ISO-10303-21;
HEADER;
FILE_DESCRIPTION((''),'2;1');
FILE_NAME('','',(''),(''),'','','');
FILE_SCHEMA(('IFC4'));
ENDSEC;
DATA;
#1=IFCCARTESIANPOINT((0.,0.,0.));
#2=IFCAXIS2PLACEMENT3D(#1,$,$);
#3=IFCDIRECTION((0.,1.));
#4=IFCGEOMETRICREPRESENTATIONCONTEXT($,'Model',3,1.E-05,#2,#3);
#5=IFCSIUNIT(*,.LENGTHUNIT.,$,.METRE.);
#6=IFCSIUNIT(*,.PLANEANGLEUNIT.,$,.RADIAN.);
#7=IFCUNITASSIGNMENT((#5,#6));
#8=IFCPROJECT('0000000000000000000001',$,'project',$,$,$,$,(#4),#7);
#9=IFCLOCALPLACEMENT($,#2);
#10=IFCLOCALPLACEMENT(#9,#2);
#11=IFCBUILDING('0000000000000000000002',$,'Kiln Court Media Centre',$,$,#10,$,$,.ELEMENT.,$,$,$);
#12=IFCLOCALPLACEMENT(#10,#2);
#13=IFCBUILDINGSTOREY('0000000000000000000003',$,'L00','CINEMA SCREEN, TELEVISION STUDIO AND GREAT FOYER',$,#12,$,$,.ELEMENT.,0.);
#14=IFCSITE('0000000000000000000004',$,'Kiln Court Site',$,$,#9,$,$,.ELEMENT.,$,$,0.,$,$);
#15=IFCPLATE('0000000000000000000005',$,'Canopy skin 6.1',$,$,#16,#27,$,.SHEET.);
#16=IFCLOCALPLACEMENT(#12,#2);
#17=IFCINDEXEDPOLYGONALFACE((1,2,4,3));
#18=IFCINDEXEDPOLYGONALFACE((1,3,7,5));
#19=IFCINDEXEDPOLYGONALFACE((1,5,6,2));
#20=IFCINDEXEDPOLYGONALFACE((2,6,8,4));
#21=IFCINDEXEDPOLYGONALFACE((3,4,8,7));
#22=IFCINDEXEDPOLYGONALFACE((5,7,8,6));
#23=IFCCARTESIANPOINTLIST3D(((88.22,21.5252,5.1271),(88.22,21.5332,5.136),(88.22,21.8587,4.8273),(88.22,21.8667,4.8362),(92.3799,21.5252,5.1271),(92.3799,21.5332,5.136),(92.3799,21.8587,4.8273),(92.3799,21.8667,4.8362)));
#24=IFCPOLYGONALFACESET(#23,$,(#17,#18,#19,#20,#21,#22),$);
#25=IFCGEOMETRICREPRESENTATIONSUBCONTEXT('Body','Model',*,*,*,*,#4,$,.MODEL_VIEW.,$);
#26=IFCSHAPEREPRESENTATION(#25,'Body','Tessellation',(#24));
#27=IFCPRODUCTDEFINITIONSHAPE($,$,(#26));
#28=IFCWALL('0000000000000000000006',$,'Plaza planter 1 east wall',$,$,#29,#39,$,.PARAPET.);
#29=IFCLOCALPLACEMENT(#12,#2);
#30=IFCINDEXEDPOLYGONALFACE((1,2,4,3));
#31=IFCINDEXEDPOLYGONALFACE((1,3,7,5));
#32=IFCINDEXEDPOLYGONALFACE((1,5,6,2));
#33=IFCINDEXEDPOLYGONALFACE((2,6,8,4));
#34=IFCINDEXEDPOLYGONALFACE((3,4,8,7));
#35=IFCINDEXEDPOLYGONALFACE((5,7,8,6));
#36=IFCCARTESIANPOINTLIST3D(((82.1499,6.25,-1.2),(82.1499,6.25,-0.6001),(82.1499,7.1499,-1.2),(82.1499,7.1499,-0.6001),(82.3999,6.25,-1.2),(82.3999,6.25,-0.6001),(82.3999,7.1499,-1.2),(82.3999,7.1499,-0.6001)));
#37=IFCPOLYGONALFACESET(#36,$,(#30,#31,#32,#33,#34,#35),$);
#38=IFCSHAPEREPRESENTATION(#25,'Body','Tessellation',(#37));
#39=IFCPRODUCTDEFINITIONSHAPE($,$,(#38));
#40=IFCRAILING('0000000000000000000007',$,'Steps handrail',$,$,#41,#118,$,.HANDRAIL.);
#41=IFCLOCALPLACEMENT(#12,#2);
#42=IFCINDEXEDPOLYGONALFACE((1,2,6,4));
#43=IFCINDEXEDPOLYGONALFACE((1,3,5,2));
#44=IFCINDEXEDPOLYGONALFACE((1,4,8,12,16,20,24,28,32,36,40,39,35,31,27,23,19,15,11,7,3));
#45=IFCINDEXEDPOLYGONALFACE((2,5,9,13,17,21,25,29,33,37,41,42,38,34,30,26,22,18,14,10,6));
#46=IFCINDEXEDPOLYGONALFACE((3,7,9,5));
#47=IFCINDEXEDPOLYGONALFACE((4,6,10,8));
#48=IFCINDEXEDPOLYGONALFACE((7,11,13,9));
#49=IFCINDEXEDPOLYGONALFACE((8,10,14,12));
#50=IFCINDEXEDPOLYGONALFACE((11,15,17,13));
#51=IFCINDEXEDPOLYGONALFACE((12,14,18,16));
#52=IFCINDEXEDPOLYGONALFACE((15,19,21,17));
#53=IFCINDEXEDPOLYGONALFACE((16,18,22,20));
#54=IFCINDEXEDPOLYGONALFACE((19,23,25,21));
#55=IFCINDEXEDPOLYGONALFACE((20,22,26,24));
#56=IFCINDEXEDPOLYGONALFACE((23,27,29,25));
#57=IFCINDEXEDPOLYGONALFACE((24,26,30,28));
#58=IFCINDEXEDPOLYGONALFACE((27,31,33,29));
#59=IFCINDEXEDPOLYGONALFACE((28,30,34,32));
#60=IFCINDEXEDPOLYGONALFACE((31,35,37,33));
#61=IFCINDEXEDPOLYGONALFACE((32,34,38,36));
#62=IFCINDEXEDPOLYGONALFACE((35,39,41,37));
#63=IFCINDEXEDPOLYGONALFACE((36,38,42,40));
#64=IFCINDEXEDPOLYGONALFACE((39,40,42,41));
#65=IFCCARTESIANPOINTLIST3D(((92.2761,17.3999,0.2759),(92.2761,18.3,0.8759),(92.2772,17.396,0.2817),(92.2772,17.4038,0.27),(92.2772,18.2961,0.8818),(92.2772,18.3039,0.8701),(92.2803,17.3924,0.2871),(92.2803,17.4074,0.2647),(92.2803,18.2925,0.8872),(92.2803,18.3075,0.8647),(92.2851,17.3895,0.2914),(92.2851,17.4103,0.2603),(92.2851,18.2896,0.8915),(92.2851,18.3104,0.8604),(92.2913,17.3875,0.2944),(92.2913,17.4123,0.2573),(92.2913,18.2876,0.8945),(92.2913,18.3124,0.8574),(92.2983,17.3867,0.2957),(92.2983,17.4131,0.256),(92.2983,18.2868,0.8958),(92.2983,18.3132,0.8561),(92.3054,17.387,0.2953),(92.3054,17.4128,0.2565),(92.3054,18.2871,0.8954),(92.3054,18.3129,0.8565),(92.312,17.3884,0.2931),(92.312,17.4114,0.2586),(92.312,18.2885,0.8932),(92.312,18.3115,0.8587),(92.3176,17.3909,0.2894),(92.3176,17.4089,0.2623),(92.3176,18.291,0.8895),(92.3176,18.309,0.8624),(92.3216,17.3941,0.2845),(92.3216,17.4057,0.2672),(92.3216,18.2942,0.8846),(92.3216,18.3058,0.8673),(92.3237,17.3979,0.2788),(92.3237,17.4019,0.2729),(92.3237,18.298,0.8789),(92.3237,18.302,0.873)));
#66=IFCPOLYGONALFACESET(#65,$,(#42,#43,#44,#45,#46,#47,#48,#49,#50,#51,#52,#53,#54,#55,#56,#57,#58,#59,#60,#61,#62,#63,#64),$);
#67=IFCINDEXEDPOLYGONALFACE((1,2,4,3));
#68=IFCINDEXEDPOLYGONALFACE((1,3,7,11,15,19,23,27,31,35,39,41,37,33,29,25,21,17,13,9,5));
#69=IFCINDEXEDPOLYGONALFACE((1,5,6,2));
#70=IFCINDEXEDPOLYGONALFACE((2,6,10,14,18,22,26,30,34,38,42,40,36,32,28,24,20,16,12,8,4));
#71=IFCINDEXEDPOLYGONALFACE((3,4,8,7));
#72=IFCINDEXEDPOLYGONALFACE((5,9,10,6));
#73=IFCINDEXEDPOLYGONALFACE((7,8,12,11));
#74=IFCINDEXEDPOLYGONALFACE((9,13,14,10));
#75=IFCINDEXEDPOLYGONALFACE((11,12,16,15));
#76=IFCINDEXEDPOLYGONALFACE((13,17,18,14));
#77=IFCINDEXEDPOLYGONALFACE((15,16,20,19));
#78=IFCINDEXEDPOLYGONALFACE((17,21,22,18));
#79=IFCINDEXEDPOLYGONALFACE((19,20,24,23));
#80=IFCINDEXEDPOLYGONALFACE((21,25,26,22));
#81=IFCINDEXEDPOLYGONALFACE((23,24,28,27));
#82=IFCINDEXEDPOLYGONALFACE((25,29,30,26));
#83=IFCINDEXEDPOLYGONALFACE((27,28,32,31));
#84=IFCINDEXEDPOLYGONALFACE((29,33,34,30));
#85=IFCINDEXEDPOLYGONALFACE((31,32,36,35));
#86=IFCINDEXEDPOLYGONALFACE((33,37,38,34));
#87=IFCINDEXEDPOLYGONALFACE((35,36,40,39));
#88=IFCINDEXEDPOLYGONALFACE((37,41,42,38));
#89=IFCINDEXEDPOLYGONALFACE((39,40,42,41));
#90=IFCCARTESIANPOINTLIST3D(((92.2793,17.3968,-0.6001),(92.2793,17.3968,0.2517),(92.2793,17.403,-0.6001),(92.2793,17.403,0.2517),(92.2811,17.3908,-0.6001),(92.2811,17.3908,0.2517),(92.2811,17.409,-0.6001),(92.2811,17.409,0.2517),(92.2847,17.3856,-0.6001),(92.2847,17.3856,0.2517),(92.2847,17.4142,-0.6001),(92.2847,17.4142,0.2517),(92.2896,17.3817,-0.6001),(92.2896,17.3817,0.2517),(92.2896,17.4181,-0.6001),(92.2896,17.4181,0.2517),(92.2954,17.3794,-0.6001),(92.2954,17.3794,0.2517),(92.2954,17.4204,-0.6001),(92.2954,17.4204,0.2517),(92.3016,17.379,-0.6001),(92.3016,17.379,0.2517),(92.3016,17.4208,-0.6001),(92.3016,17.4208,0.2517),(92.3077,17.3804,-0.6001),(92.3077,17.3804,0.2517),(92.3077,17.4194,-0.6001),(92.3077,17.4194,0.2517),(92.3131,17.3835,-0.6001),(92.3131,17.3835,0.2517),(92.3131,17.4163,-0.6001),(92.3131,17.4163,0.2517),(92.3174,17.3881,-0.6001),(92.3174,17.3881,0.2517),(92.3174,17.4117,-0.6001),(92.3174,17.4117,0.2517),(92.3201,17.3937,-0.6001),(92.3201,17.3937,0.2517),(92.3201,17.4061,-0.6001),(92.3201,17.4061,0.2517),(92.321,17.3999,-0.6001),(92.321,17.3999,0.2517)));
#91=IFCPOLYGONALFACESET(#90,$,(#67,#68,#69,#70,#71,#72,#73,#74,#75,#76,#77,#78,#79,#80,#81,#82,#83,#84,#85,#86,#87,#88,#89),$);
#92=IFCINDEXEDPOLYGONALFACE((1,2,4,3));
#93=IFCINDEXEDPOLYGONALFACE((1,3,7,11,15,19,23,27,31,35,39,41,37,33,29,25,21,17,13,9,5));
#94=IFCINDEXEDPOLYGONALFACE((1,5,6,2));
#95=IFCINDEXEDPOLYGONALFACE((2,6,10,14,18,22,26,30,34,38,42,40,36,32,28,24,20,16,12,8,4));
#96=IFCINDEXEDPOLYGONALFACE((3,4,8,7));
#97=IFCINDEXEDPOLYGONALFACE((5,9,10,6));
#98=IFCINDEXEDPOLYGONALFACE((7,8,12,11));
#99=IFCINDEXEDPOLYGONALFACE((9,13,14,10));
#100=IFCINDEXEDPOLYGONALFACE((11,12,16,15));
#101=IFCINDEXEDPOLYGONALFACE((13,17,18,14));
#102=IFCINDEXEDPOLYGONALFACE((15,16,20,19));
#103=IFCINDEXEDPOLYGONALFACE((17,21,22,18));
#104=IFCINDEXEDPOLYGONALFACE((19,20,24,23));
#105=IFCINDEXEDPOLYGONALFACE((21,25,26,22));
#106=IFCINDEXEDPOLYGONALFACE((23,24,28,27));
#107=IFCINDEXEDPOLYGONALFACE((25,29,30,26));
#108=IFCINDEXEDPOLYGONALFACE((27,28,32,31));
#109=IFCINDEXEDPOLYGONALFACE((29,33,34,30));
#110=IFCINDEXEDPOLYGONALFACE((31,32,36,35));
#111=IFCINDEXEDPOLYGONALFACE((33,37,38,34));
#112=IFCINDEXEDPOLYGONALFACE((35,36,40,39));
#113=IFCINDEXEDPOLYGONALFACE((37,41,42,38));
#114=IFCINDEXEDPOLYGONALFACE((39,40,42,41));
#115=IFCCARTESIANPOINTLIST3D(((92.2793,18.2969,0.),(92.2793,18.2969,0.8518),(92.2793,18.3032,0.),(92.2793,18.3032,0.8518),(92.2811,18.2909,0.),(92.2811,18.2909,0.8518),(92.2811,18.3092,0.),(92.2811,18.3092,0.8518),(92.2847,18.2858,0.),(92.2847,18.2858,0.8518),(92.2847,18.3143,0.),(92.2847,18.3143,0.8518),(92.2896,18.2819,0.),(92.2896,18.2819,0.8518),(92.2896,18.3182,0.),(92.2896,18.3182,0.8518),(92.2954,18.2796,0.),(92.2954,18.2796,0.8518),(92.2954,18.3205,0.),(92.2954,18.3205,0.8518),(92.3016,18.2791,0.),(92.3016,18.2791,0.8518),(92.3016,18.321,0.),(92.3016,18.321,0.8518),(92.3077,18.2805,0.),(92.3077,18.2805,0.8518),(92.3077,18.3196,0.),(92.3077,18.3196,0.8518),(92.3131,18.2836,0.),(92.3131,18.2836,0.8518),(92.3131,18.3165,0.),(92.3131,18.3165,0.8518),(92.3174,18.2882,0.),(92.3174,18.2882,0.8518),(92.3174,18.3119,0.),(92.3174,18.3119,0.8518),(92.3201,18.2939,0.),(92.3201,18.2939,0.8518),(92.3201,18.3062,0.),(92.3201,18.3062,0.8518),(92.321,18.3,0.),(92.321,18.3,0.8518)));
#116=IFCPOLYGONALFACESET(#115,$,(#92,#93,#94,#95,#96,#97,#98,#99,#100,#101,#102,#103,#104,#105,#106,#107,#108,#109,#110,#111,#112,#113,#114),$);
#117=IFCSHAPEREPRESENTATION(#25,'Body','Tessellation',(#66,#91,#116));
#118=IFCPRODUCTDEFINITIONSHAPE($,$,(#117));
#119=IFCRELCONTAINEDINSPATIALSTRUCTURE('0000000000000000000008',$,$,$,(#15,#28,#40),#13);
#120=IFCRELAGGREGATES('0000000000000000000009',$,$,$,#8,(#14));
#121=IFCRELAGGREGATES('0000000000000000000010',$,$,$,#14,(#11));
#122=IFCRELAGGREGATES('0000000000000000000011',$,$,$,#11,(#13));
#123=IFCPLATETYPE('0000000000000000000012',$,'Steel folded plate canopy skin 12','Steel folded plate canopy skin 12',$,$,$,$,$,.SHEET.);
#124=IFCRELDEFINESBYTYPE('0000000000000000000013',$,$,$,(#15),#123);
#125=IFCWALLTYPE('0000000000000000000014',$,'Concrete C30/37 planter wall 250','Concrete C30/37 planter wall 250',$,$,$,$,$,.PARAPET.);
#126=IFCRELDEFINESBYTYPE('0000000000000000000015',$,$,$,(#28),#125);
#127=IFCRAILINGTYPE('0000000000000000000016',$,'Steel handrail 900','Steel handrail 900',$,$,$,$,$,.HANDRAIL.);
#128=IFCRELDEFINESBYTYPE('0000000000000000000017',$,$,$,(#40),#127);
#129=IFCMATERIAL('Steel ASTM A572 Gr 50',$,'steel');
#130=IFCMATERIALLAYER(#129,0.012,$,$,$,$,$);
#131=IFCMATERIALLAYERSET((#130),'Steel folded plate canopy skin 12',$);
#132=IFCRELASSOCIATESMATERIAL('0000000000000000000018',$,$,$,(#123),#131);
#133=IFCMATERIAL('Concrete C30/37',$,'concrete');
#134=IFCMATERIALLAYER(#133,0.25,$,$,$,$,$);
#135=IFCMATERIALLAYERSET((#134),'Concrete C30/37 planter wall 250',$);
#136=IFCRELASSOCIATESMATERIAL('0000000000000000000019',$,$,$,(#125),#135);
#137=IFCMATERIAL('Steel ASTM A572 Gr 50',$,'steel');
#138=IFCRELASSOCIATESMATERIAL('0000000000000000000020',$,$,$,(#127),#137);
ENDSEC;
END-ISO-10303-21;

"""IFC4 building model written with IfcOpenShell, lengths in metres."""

from ifc_helpers import new_model, si_unit, direction, frame, frame_2d, origin, origin_2d, place, context, subcontext, project, spatial, polyline, rectangle, circle, outline, extrude, material, layer, layer_set, type_object, element, save


model = new_model("IFC4")

# Units and contexts
model_context = context("Model", 3, precision=1e-05, world=origin(), true_north=direction((0.0, 1.0)))
body_context = subcontext(model_context, "Body", "Model", "MODEL_VIEW")
ifc_project = project(units=[si_unit("LENGTHUNIT", "METRE"), si_unit("PLANEANGLEUNIT", "RADIAN")], contexts=[model_context])

# Site, building, storey
site_placement = place(None, origin())
site = spatial("IfcSite", under=ifc_project, at=site_placement, Name="Kiln Court Site", CompositionType="ELEMENT", RefElevation=0.0)
building_placement = place(site_placement, origin())
building = spatial("IfcBuilding", under=site, at=building_placement, Name="Kiln Court Media Centre", CompositionType="ELEMENT")
storey_placement = place(building_placement, origin())
storey = spatial("IfcBuildingStorey", under=building, at=storey_placement, Name="L00", Description="CINEMA SCREEN, TELEVISION STUDIO AND GREAT FOYER", CompositionType="ELEMENT", Elevation=0.0)

# Plate
ifc_material_1 = material(Name="Steel ASTM A572 Gr 50", Category="steel")
ifc_layer_1 = layer(ifc_material_1, 0.012)
ifc_layer_set_1 = layer_set([ifc_layer_1], Name="Steel folded plate canopy skin 12")
plate_type_1 = type_object("IfcPlateType", Name="Steel folded plate canopy skin 12", Description="Steel folded plate canopy skin 12", PredefinedType="SHEET", material=ifc_layer_set_1)
plate_1_placement = place(storey_placement, frame((88.22, 21.5332, 5.136), z_axis=(0.0, 0.668544, 0.743673), x_axis=(1.0, 0.0, 0.0)))
element("IfcPlate", 1, at=plate_1_placement, inside=storey, type_object=plate_type_1, Name="Canopy skin 6.1", PredefinedType="SHEET", context=body_context, shape_type="SweptSolid", body=[
    extrude(outline(polyline([(0.0, 0.0), (4.1599, 0.0), (4.1599, 0.4484), (0.0, 0.4484), (0.0, 0.0)])), origin(), (0.0, 0.0, -1.0), 0.012),
])

# Wall
ifc_material_2 = material(Name="Concrete C30/37", Category="concrete")
ifc_layer_2 = layer(ifc_material_2, 0.25)
ifc_layer_set_2 = layer_set([ifc_layer_2], Name="Concrete C30/37 planter wall 250")
wall_type = type_object("IfcWallType", Name="Concrete C30/37 planter wall 250", Description="Concrete C30/37 planter wall 250", PredefinedType="PARAPET", material=ifc_layer_set_2)
wall_placement = place(storey_placement, frame((82.2749, 6.25, -1.2), z_axis=(0.0, 0.0, 1.0), x_axis=(0.0, 1.0, 0.0)))
element("IfcWall", 2, at=wall_placement, inside=storey, type_object=wall_type, Name="Plaza planter 1 east wall", PredefinedType="PARAPET", context=body_context, shape_type="SweptSolid", body=[
    extrude(rectangle(XDim=0.8999, YDim=0.25, at=frame_2d((0.45, 0.0))), origin(), (0.0, 0.0, 1.0), 0.5999),
])

# Railing
ifc_material_3 = material(Name="Steel ASTM A572 Gr 50", Category="steel")
railing_type_1 = type_object("IfcRailingType", Name="Steel handrail 900", Description="Steel handrail 900", PredefinedType="HANDRAIL", material=ifc_material_3)
railing_1_placement = place(storey_placement, frame((92.3, 17.3999, -0.6001)))
element("IfcRailing", 3, at=railing_1_placement, inside=storey, type_object=railing_type_1, Name="Steps handrail", PredefinedType="HANDRAIL", context=body_context, shape_type="SweptSolid", body=[
    extrude(circle(Radius=0.0239, at=origin_2d()), frame((0.0, 0.0, 0.876), z_axis=(0.0, 0.83205, 0.5547), x_axis=(-1.0, 0.0, 0.0)), (0.0, 0.0, 1.0), 1.0818),
    extrude(circle(Radius=0.021, at=origin_2d()), origin(), (0.0, 0.0, 1.0), 0.8518),
    extrude(circle(Radius=0.021, at=origin_2d()), frame((0.0, 0.9001, 0.6001)), (0.0, 0.0, 1.0), 0.8518),
])

save(model, "model.ifc")
